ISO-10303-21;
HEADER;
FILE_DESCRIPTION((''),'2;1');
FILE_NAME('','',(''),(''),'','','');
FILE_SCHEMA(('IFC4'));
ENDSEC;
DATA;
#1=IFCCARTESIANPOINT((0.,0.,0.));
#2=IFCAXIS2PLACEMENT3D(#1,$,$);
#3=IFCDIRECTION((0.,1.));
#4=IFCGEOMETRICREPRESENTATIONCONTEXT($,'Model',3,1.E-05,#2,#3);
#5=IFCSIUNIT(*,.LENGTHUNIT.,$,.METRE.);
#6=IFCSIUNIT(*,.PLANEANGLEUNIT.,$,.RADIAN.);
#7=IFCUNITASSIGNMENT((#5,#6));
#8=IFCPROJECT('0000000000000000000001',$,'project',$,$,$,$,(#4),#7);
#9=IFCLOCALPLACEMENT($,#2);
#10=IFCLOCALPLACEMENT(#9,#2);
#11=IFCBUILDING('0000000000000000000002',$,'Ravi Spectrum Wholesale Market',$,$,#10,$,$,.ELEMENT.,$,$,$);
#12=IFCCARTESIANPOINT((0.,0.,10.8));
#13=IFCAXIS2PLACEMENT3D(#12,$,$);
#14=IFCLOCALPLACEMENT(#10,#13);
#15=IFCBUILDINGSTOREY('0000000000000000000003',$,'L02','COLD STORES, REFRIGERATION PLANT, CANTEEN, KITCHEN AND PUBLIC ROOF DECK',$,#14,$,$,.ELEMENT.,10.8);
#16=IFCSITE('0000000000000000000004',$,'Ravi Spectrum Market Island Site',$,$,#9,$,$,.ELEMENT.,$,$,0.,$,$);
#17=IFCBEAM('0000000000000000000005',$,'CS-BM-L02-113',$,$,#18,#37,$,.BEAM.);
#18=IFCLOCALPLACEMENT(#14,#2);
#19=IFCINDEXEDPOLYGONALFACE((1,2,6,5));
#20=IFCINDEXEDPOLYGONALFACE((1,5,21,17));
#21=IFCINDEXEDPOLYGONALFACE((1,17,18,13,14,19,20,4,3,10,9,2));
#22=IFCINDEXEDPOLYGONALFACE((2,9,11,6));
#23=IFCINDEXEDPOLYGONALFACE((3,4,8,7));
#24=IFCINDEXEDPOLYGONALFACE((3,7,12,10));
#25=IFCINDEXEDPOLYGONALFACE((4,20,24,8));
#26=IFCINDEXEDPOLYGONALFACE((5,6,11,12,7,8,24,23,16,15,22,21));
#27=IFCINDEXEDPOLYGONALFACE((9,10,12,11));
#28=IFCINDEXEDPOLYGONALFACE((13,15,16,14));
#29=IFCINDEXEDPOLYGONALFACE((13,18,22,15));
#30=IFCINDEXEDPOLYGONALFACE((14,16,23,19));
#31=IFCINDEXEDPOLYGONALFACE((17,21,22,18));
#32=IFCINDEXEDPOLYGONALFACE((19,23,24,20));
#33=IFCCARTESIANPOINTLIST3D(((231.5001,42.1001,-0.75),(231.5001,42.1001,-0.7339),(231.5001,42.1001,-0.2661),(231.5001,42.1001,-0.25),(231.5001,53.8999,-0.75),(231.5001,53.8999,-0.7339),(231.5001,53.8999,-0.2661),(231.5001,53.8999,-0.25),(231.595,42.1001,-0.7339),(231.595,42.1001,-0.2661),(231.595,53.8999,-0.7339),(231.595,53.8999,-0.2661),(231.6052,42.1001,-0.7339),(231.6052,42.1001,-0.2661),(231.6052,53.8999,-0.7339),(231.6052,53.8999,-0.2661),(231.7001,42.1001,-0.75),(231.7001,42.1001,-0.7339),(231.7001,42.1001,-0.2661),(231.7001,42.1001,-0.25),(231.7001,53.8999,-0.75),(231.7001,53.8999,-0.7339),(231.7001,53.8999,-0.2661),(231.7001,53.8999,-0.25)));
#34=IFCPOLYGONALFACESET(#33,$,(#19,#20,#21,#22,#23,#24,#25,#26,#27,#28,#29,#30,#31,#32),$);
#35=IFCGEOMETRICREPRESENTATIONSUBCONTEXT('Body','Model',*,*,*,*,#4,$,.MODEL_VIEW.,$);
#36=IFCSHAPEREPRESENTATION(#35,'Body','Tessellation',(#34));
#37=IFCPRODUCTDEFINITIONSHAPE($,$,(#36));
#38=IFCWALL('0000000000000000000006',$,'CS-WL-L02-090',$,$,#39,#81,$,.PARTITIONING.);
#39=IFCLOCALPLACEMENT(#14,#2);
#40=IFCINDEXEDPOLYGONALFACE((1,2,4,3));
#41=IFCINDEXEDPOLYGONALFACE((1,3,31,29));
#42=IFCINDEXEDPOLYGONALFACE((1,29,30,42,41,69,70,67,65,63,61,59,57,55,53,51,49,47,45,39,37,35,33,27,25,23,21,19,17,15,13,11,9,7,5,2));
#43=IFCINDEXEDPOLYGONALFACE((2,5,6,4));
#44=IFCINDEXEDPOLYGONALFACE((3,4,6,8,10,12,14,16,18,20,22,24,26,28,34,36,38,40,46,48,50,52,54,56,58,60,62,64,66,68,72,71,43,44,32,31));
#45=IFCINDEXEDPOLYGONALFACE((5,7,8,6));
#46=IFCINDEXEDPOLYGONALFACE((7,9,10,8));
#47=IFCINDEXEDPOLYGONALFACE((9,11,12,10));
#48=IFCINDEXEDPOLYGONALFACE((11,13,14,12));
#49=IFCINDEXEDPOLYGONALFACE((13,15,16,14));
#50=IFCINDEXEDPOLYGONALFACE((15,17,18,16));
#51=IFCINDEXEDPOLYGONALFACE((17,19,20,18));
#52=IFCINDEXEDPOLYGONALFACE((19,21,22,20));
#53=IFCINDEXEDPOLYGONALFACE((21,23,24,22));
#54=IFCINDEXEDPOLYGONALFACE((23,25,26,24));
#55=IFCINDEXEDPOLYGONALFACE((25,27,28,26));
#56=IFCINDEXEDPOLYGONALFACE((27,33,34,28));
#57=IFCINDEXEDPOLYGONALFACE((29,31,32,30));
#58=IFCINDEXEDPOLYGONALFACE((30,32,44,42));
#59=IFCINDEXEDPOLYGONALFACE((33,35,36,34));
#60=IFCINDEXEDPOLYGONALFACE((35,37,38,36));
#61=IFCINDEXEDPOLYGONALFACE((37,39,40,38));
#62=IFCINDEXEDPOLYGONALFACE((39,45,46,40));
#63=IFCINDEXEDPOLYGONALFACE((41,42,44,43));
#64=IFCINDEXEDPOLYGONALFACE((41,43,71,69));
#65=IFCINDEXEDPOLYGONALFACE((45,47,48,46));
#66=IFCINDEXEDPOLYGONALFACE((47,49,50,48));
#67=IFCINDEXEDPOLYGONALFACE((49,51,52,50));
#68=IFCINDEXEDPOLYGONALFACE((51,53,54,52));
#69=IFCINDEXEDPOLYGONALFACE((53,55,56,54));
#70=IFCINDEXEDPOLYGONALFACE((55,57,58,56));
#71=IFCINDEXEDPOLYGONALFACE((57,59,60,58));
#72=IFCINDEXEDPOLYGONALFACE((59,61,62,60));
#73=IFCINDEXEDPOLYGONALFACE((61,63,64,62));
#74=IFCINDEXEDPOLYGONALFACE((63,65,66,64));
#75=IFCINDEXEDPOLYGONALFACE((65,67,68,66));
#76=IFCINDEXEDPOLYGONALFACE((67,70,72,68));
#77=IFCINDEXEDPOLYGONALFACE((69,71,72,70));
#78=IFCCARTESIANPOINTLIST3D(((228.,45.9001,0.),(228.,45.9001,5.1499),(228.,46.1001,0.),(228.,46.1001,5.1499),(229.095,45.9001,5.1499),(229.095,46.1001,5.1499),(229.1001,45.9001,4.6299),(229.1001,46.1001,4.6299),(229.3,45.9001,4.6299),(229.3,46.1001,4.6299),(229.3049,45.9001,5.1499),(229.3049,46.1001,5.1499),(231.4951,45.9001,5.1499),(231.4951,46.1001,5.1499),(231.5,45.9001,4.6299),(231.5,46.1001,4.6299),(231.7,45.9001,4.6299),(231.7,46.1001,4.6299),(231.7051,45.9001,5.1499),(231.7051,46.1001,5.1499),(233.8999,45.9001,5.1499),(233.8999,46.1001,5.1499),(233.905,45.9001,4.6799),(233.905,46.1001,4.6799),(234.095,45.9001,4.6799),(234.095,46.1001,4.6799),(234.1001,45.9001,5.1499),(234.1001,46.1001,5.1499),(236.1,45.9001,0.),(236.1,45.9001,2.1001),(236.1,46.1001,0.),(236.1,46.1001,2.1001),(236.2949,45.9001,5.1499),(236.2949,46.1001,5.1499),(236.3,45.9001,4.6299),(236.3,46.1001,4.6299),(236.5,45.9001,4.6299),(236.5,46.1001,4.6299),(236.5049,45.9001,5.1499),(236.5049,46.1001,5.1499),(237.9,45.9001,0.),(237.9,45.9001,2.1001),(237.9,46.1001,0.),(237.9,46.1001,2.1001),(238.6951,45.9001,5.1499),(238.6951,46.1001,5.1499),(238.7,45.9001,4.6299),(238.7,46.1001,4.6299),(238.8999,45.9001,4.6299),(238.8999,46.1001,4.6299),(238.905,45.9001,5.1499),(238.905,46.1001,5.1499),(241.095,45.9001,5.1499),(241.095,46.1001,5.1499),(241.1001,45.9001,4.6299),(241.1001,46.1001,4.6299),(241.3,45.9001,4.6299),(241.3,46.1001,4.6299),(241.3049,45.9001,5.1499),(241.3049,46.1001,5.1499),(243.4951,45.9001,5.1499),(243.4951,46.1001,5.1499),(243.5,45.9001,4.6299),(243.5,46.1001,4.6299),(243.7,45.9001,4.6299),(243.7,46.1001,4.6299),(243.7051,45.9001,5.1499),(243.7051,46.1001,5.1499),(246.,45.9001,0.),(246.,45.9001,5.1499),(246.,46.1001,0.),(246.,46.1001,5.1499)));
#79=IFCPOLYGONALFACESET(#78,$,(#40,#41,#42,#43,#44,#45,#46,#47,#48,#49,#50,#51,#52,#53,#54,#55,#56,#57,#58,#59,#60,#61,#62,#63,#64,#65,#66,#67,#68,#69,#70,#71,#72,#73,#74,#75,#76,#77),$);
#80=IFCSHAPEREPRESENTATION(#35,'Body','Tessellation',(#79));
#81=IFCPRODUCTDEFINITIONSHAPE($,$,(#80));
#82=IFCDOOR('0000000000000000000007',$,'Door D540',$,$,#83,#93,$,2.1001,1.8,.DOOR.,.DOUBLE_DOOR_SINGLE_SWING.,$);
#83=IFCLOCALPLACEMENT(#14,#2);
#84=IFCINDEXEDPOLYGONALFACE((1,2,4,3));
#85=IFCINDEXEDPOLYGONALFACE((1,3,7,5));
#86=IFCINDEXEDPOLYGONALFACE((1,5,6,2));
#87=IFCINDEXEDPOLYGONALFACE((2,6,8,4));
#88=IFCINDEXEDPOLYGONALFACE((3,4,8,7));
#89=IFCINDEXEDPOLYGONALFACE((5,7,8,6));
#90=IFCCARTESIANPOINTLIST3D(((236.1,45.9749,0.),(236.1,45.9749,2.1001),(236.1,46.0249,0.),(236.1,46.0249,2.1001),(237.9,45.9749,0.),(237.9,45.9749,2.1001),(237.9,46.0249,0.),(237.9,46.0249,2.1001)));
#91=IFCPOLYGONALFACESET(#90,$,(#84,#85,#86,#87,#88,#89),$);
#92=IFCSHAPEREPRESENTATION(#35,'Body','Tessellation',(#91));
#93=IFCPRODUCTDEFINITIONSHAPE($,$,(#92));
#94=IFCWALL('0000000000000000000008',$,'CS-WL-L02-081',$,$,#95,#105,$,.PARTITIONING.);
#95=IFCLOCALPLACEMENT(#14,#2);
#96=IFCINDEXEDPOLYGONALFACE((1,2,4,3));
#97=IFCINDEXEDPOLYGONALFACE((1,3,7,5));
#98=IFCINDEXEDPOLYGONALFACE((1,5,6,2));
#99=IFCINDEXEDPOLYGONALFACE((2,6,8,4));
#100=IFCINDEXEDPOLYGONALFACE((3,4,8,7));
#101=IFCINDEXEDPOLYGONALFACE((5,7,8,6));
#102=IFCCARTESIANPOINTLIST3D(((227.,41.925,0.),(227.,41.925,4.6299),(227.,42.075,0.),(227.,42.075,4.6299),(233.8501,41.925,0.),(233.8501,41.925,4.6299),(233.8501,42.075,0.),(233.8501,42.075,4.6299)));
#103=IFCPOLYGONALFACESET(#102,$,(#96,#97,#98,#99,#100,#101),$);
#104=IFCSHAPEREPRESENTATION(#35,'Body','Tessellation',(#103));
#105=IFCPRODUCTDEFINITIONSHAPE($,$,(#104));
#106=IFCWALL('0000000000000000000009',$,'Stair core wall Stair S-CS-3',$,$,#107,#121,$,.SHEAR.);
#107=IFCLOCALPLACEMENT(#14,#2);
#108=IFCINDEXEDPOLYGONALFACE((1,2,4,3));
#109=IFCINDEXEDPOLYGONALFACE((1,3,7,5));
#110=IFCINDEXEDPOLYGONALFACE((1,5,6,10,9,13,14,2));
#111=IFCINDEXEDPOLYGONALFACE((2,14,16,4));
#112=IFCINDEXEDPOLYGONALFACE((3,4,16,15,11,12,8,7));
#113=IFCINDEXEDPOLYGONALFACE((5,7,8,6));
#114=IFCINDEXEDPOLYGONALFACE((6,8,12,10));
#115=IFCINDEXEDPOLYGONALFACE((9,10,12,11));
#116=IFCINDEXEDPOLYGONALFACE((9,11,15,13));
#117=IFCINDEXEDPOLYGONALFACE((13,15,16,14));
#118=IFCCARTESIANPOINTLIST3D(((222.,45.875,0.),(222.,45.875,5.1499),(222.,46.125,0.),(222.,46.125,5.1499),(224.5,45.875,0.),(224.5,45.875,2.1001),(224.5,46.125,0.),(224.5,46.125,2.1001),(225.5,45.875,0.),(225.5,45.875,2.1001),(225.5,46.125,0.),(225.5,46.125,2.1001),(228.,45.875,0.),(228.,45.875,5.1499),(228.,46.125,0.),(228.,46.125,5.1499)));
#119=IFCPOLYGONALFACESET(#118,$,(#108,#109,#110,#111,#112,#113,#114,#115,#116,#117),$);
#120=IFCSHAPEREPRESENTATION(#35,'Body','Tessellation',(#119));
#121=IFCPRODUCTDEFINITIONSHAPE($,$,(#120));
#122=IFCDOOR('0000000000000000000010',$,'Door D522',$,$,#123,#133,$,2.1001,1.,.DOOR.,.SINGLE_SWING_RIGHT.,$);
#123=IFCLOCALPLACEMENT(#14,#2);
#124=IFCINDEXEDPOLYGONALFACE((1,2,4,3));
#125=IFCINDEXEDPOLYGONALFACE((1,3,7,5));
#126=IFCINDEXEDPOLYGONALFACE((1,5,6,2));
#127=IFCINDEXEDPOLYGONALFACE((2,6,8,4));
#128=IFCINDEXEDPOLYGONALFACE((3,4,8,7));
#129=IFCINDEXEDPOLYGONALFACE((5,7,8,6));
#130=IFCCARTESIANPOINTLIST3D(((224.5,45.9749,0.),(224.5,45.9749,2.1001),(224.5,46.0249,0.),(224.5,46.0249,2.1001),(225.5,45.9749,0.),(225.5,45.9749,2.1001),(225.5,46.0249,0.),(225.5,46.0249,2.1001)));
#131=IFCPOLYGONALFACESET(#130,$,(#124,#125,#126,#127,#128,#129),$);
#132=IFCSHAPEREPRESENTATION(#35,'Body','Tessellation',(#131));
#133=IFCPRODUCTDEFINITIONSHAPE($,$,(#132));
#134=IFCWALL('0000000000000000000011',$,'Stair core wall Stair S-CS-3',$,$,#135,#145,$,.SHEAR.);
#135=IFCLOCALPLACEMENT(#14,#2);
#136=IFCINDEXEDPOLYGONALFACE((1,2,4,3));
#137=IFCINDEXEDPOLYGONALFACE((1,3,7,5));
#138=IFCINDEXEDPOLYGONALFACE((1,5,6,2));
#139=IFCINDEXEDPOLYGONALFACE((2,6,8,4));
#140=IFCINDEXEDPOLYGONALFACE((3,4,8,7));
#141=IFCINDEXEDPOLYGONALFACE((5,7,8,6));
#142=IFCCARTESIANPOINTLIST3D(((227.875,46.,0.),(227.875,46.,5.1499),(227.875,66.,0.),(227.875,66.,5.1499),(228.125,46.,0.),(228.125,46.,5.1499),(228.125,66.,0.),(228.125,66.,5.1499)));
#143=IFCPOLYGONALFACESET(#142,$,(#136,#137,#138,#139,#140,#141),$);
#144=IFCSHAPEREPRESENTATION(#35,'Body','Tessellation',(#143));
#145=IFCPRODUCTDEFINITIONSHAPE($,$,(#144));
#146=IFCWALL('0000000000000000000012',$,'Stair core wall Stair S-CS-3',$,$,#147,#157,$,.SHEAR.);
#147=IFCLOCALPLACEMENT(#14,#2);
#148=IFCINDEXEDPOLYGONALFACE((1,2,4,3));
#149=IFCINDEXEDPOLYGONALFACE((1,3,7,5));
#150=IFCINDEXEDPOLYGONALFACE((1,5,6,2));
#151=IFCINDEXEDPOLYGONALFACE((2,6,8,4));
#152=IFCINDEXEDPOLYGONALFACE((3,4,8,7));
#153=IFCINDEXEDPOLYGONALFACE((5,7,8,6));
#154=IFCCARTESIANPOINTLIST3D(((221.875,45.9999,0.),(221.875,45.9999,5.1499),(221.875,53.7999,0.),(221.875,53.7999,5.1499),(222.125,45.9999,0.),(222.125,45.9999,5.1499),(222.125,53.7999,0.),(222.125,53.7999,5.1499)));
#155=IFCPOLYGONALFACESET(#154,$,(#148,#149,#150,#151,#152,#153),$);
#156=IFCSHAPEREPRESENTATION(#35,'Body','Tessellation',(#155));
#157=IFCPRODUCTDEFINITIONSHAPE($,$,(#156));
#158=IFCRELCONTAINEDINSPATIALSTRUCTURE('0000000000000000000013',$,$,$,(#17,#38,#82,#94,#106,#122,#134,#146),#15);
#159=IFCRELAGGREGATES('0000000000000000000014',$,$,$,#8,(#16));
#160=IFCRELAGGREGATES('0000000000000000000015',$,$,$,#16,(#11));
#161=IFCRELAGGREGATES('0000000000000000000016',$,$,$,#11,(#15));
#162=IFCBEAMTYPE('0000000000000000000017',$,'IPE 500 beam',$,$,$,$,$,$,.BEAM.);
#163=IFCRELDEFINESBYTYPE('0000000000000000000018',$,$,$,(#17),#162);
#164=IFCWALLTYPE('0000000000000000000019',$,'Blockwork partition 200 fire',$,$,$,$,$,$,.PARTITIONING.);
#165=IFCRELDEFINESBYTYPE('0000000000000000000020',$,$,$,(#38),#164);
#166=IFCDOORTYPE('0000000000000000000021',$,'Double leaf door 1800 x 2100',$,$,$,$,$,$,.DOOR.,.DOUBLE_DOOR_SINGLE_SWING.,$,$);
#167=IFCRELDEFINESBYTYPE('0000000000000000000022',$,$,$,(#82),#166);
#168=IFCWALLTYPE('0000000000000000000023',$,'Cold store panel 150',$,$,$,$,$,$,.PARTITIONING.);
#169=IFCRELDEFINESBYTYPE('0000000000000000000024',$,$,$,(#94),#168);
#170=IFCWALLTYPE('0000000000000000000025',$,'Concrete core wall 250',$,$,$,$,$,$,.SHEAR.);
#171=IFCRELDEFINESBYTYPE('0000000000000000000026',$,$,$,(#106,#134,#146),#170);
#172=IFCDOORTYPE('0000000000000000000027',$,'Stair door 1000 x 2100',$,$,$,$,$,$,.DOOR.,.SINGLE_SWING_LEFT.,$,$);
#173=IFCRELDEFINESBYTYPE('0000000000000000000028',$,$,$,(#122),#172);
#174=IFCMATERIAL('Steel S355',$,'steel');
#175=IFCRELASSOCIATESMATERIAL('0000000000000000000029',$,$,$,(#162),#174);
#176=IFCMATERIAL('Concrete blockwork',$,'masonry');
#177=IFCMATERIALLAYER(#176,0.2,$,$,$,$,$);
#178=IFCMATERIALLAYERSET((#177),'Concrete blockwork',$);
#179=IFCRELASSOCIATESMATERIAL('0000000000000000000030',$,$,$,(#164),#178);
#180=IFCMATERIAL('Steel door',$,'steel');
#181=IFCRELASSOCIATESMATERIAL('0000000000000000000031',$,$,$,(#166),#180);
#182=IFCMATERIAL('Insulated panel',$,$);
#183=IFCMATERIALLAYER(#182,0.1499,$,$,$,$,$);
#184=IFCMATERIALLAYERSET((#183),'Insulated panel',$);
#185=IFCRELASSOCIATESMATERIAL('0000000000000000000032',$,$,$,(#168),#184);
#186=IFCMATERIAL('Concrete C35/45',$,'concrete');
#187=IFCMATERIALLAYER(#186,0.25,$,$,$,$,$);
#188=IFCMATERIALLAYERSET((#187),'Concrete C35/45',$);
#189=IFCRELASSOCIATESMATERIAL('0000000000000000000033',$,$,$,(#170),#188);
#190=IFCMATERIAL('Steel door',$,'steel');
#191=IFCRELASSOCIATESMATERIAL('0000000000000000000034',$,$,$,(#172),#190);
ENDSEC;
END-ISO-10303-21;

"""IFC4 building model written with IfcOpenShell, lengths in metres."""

from ifc_helpers import new_model, si_unit, direction, frame, frame_2d, origin, origin_2d, place, context, subcontext, project, spatial, polyline, rectangle, i_section, outline, extrude, material, layer, layer_set, material_profile, profile_set, type_object, element, fill, save


model = new_model("IFC4")

# Units and contexts
model_context = context("Model", 3, precision=1e-05, world=origin(), true_north=direction((0.0, 1.0)))
body_context = subcontext(model_context, "Body", "Model", "MODEL_VIEW")
ifc_project = project(units=[si_unit("LENGTHUNIT", "METRE"), si_unit("PLANEANGLEUNIT", "RADIAN")], contexts=[model_context])

# Site, building, storey
site_placement = place(None, origin())
site = spatial("IfcSite", under=ifc_project, at=site_placement, Name="Ravi Spectrum Market Island Site", CompositionType="ELEMENT", RefElevation=0.0)
building_placement = place(site_placement, origin())
building = spatial("IfcBuilding", under=site, at=building_placement, Name="Ravi Spectrum Wholesale Market", CompositionType="ELEMENT")
storey_placement = place(building_placement, frame((0.0, 0.0, 10.8)))
storey = spatial("IfcBuildingStorey", under=building, at=storey_placement, Name="L02", Description="COLD STORES, REFRIGERATION PLANT, CANTEEN, KITCHEN AND PUBLIC ROOF DECK", CompositionType="ELEMENT", Elevation=10.8)

# Beam
ifc_material_1 = material(Name="Steel S355", Category="steel")
ifc_material_profile_1 = material_profile(ifc_material_1, i_section(OverallWidth=0.2, OverallDepth=0.5, WebThickness=0.0103, FlangeThickness=0.0161, at=origin_2d()))
ifc_profile_set_1 = profile_set([ifc_material_profile_1], Name="Steel S355")
beam_type_1 = type_object("IfcBeamType", Name="IPE 500 beam", PredefinedType="BEAM", material=ifc_profile_set_1)
for number, where, z_axis, x_axis, name in (
    (1, (231.6001, 42.1001, -0.5), (0.0, 1.0, 0.0), (-1.0, 0.0, 0.0), "CS-BM-L02-113"),
):
    element("IfcBeam", number, at=place(storey_placement, frame(where, z_axis=z_axis, x_axis=x_axis)), inside=storey, type_object=beam_type_1, Name=name, PredefinedType="BEAM", context=body_context, shape_type="SweptSolid", body=[
        extrude(i_section(OverallWidth=0.2, OverallDepth=0.5, WebThickness=0.0103, FlangeThickness=0.0161, at=origin_2d()), origin(), (0.0, 0.0, 1.0), 11.7998),
    ])

# Wall, opening, door
ifc_material_2 = material(Name="Concrete blockwork", Category="masonry")
ifc_layer_1 = layer(ifc_material_2, 0.2)
ifc_layer_set_1 = layer_set([ifc_layer_1], Name="Concrete blockwork")
wall_type_1 = type_object("IfcWallType", Name="Blockwork partition 200 fire", PredefinedType="PARTITIONING", material=ifc_layer_set_1)
wall_1_placement = place(storey_placement, frame((228.0, 46.0, 0.0), z_axis=(0.0, 0.0, 1.0), x_axis=(1.0, 0.0, 0.0)))
wall_1 = element("IfcWall", 2, at=wall_1_placement, inside=storey, type_object=wall_type_1, Name="CS-WL-L02-090", PredefinedType="PARTITIONING", context=body_context, shape_type="SweptSolid", body=[
    extrude(outline(polyline([(0.0, 0.0), (18.0, 0.0), (18.0, 5.1499), (15.7051, 5.1499), (15.7, 4.6299), (15.5, 4.6299), (15.4951, 5.1499), (13.3049, 5.1499), (13.3, 4.6299), (13.1001, 4.6299), (13.095, 5.1499), (10.905, 5.1499), (10.8999, 4.6299), (10.7, 4.6299), (10.6951, 5.1499), (8.5049, 5.1499), (8.5, 4.6299), (8.3, 4.6299), (8.2949, 5.1499), (6.1001, 5.1499), (6.095, 4.6799), (5.905, 4.6799), (5.8999, 5.1499), (3.7051, 5.1499), (3.7, 4.6299), (3.5, 4.6299), (3.4951, 5.1499), (1.3049, 5.1499), (1.3, 4.6299), (1.1001, 4.6299), (1.095, 5.1499), (0.0, 5.1499), (0.0, 0.0)])), frame((0.0, 0.1001, 0.0), z_axis=(0.0, -1.0, 0.0), x_axis=(1.0, 0.0, 0.0)), (0.0, 0.0, 1.0), 0.2),
])
opening_1_placement = place(wall_1_placement, frame((8.1001, 0.0, 0.0)))
opening_1 = element("IfcOpeningElement", 3, at=opening_1_placement, cuts=wall_1, PredefinedType="OPENING", context=body_context, shape_type="SweptSolid", body=[
    extrude(rectangle(XDim=1.8, YDim=2.1001, at=frame_2d((0.8999, 1.05))), frame((0.0, 0.1099, 0.0), z_axis=(0.0, -1.0, 0.0), x_axis=(1.0, 0.0, 0.0)), (0.0, 0.0, 1.0), 0.22),
])
ifc_material_3 = material(Name="Steel door", Category="steel")
door_type_1 = type_object("IfcDoorType", Name="Double leaf door 1800 x 2100", OperationType="DOUBLE_DOOR_SINGLE_SWING", PredefinedType="DOOR", material=ifc_material_3)
door_1_placement = place(opening_1_placement, origin())
door_1 = element("IfcDoor", 4, at=door_1_placement, inside=storey, type_object=door_type_1, Name="Door D540", OperationType="DOUBLE_DOOR_SINGLE_SWING", OverallHeight=2.1001, OverallWidth=1.8, PredefinedType="DOOR", context=body_context, shape_type="SweptSolid", body=[
    extrude(rectangle(XDim=1.8, YDim=2.1001, at=frame_2d((0.8999, 1.05))), frame((0.0, 0.0249, 0.0), z_axis=(0.0, -1.0, 0.0), x_axis=(1.0, 0.0, 0.0)), (0.0, 0.0, 1.0), 0.05),
])
fill(opening_1, door_1)

# Wall
ifc_material_4 = material(Name="Insulated panel")
ifc_layer_2 = layer(ifc_material_4, 0.1499)
ifc_layer_set_2 = layer_set([ifc_layer_2], Name="Insulated panel")
wall_type_2 = type_object("IfcWallType", Name="Cold store panel 150", PredefinedType="PARTITIONING", material=ifc_layer_set_2)
wall_2_placement = place(storey_placement, frame((227.0, 42.0, 0.0), z_axis=(0.0, 0.0, 1.0), x_axis=(1.0, 0.0, 0.0)))
element("IfcWall", 5, at=wall_2_placement, inside=storey, type_object=wall_type_2, Name="CS-WL-L02-081", PredefinedType="PARTITIONING", context=body_context, shape_type="SweptSolid", body=[
    extrude(rectangle(XDim=6.8501, YDim=0.1499, at=frame_2d((3.425, 0.0))), origin(), (0.0, 0.0, 1.0), 4.6299),
])

# Wall, opening, door
ifc_material_5 = material(Name="Concrete C35/45", Category="concrete")
ifc_layer_3 = layer(ifc_material_5, 0.25)
ifc_layer_set_3 = layer_set([ifc_layer_3], Name="Concrete C35/45")
wall_type_3 = type_object("IfcWallType", Name="Concrete core wall 250", PredefinedType="SHEAR", material=ifc_layer_set_3)
wall_3_placement = place(storey_placement, frame((222.0, 46.0, 0.0), z_axis=(0.0, 0.0, 1.0), x_axis=(1.0, 0.0, 0.0)))
wall_3 = element("IfcWall", 6, at=wall_3_placement, inside=storey, type_object=wall_type_3, Name="Stair core wall Stair S-CS-3", PredefinedType="SHEAR", context=body_context, shape_type="SweptSolid", body=[
    extrude(rectangle(XDim=6.0, YDim=0.25, at=frame_2d((3.0, 0.0))), origin(), (0.0, 0.0, 1.0), 5.1499),
])
opening_2_placement = place(wall_3_placement, frame((2.5, 0.0, 0.0)))
opening_2 = element("IfcOpeningElement", 7, at=opening_2_placement, cuts=wall_3, PredefinedType="OPENING", context=body_context, shape_type="SweptSolid", body=[
    extrude(rectangle(XDim=1.0, YDim=2.1001, at=frame_2d((0.5, 1.05))), frame((0.0, 0.135, 0.0), z_axis=(0.0, -1.0, 0.0), x_axis=(1.0, 0.0, 0.0)), (0.0, 0.0, 1.0), 0.27),
])
ifc_material_6 = material(Name="Steel door", Category="steel")
door_type_2 = type_object("IfcDoorType", Name="Stair door 1000 x 2100", OperationType="SINGLE_SWING_LEFT", PredefinedType="DOOR", material=ifc_material_6)
door_2_placement = place(opening_2_placement, origin())
door_2 = element("IfcDoor", 8, at=door_2_placement, inside=storey, type_object=door_type_2, Name="Door D522", OperationType="SINGLE_SWING_RIGHT", OverallHeight=2.1001, OverallWidth=1.0, PredefinedType="DOOR", context=body_context, shape_type="SweptSolid", body=[
    extrude(rectangle(XDim=1.0, YDim=2.1001, at=frame_2d((0.5, 1.05))), frame((0.0, 0.0249, 0.0), z_axis=(0.0, -1.0, 0.0), x_axis=(1.0, 0.0, 0.0)), (0.0, 0.0, 1.0), 0.05),
])
fill(opening_2, door_2)

# Walls
wall_4_placement = place(storey_placement, frame((228.0, 46.0, 0.0), z_axis=(0.0, 0.0, 1.0), x_axis=(0.0, 1.0, 0.0)))
element("IfcWall", 9, at=wall_4_placement, inside=storey, type_object=wall_type_3, Name="Stair core wall Stair S-CS-3", PredefinedType="SHEAR", context=body_context, shape_type="SweptSolid", body=[
    extrude(rectangle(XDim=20.0, YDim=0.25, at=frame_2d((10.0, 0.0))), origin(), (0.0, 0.0, 1.0), 5.1499),
])
wall_5_placement = place(storey_placement, frame((222.0, 46.0, 0.0), z_axis=(0.0, 0.0, 1.0), x_axis=(0.0, 1.0, 0.0)))
element("IfcWall", 10, at=wall_5_placement, inside=storey, type_object=wall_type_3, Name="Stair core wall Stair S-CS-3", PredefinedType="SHEAR", context=body_context, shape_type="SweptSolid", body=[
    extrude(rectangle(XDim=7.8, YDim=0.25, at=frame_2d((3.8999, 0.0))), origin(), (0.0, 0.0, 1.0), 5.1499),
])

save(model, "model.ifc")
